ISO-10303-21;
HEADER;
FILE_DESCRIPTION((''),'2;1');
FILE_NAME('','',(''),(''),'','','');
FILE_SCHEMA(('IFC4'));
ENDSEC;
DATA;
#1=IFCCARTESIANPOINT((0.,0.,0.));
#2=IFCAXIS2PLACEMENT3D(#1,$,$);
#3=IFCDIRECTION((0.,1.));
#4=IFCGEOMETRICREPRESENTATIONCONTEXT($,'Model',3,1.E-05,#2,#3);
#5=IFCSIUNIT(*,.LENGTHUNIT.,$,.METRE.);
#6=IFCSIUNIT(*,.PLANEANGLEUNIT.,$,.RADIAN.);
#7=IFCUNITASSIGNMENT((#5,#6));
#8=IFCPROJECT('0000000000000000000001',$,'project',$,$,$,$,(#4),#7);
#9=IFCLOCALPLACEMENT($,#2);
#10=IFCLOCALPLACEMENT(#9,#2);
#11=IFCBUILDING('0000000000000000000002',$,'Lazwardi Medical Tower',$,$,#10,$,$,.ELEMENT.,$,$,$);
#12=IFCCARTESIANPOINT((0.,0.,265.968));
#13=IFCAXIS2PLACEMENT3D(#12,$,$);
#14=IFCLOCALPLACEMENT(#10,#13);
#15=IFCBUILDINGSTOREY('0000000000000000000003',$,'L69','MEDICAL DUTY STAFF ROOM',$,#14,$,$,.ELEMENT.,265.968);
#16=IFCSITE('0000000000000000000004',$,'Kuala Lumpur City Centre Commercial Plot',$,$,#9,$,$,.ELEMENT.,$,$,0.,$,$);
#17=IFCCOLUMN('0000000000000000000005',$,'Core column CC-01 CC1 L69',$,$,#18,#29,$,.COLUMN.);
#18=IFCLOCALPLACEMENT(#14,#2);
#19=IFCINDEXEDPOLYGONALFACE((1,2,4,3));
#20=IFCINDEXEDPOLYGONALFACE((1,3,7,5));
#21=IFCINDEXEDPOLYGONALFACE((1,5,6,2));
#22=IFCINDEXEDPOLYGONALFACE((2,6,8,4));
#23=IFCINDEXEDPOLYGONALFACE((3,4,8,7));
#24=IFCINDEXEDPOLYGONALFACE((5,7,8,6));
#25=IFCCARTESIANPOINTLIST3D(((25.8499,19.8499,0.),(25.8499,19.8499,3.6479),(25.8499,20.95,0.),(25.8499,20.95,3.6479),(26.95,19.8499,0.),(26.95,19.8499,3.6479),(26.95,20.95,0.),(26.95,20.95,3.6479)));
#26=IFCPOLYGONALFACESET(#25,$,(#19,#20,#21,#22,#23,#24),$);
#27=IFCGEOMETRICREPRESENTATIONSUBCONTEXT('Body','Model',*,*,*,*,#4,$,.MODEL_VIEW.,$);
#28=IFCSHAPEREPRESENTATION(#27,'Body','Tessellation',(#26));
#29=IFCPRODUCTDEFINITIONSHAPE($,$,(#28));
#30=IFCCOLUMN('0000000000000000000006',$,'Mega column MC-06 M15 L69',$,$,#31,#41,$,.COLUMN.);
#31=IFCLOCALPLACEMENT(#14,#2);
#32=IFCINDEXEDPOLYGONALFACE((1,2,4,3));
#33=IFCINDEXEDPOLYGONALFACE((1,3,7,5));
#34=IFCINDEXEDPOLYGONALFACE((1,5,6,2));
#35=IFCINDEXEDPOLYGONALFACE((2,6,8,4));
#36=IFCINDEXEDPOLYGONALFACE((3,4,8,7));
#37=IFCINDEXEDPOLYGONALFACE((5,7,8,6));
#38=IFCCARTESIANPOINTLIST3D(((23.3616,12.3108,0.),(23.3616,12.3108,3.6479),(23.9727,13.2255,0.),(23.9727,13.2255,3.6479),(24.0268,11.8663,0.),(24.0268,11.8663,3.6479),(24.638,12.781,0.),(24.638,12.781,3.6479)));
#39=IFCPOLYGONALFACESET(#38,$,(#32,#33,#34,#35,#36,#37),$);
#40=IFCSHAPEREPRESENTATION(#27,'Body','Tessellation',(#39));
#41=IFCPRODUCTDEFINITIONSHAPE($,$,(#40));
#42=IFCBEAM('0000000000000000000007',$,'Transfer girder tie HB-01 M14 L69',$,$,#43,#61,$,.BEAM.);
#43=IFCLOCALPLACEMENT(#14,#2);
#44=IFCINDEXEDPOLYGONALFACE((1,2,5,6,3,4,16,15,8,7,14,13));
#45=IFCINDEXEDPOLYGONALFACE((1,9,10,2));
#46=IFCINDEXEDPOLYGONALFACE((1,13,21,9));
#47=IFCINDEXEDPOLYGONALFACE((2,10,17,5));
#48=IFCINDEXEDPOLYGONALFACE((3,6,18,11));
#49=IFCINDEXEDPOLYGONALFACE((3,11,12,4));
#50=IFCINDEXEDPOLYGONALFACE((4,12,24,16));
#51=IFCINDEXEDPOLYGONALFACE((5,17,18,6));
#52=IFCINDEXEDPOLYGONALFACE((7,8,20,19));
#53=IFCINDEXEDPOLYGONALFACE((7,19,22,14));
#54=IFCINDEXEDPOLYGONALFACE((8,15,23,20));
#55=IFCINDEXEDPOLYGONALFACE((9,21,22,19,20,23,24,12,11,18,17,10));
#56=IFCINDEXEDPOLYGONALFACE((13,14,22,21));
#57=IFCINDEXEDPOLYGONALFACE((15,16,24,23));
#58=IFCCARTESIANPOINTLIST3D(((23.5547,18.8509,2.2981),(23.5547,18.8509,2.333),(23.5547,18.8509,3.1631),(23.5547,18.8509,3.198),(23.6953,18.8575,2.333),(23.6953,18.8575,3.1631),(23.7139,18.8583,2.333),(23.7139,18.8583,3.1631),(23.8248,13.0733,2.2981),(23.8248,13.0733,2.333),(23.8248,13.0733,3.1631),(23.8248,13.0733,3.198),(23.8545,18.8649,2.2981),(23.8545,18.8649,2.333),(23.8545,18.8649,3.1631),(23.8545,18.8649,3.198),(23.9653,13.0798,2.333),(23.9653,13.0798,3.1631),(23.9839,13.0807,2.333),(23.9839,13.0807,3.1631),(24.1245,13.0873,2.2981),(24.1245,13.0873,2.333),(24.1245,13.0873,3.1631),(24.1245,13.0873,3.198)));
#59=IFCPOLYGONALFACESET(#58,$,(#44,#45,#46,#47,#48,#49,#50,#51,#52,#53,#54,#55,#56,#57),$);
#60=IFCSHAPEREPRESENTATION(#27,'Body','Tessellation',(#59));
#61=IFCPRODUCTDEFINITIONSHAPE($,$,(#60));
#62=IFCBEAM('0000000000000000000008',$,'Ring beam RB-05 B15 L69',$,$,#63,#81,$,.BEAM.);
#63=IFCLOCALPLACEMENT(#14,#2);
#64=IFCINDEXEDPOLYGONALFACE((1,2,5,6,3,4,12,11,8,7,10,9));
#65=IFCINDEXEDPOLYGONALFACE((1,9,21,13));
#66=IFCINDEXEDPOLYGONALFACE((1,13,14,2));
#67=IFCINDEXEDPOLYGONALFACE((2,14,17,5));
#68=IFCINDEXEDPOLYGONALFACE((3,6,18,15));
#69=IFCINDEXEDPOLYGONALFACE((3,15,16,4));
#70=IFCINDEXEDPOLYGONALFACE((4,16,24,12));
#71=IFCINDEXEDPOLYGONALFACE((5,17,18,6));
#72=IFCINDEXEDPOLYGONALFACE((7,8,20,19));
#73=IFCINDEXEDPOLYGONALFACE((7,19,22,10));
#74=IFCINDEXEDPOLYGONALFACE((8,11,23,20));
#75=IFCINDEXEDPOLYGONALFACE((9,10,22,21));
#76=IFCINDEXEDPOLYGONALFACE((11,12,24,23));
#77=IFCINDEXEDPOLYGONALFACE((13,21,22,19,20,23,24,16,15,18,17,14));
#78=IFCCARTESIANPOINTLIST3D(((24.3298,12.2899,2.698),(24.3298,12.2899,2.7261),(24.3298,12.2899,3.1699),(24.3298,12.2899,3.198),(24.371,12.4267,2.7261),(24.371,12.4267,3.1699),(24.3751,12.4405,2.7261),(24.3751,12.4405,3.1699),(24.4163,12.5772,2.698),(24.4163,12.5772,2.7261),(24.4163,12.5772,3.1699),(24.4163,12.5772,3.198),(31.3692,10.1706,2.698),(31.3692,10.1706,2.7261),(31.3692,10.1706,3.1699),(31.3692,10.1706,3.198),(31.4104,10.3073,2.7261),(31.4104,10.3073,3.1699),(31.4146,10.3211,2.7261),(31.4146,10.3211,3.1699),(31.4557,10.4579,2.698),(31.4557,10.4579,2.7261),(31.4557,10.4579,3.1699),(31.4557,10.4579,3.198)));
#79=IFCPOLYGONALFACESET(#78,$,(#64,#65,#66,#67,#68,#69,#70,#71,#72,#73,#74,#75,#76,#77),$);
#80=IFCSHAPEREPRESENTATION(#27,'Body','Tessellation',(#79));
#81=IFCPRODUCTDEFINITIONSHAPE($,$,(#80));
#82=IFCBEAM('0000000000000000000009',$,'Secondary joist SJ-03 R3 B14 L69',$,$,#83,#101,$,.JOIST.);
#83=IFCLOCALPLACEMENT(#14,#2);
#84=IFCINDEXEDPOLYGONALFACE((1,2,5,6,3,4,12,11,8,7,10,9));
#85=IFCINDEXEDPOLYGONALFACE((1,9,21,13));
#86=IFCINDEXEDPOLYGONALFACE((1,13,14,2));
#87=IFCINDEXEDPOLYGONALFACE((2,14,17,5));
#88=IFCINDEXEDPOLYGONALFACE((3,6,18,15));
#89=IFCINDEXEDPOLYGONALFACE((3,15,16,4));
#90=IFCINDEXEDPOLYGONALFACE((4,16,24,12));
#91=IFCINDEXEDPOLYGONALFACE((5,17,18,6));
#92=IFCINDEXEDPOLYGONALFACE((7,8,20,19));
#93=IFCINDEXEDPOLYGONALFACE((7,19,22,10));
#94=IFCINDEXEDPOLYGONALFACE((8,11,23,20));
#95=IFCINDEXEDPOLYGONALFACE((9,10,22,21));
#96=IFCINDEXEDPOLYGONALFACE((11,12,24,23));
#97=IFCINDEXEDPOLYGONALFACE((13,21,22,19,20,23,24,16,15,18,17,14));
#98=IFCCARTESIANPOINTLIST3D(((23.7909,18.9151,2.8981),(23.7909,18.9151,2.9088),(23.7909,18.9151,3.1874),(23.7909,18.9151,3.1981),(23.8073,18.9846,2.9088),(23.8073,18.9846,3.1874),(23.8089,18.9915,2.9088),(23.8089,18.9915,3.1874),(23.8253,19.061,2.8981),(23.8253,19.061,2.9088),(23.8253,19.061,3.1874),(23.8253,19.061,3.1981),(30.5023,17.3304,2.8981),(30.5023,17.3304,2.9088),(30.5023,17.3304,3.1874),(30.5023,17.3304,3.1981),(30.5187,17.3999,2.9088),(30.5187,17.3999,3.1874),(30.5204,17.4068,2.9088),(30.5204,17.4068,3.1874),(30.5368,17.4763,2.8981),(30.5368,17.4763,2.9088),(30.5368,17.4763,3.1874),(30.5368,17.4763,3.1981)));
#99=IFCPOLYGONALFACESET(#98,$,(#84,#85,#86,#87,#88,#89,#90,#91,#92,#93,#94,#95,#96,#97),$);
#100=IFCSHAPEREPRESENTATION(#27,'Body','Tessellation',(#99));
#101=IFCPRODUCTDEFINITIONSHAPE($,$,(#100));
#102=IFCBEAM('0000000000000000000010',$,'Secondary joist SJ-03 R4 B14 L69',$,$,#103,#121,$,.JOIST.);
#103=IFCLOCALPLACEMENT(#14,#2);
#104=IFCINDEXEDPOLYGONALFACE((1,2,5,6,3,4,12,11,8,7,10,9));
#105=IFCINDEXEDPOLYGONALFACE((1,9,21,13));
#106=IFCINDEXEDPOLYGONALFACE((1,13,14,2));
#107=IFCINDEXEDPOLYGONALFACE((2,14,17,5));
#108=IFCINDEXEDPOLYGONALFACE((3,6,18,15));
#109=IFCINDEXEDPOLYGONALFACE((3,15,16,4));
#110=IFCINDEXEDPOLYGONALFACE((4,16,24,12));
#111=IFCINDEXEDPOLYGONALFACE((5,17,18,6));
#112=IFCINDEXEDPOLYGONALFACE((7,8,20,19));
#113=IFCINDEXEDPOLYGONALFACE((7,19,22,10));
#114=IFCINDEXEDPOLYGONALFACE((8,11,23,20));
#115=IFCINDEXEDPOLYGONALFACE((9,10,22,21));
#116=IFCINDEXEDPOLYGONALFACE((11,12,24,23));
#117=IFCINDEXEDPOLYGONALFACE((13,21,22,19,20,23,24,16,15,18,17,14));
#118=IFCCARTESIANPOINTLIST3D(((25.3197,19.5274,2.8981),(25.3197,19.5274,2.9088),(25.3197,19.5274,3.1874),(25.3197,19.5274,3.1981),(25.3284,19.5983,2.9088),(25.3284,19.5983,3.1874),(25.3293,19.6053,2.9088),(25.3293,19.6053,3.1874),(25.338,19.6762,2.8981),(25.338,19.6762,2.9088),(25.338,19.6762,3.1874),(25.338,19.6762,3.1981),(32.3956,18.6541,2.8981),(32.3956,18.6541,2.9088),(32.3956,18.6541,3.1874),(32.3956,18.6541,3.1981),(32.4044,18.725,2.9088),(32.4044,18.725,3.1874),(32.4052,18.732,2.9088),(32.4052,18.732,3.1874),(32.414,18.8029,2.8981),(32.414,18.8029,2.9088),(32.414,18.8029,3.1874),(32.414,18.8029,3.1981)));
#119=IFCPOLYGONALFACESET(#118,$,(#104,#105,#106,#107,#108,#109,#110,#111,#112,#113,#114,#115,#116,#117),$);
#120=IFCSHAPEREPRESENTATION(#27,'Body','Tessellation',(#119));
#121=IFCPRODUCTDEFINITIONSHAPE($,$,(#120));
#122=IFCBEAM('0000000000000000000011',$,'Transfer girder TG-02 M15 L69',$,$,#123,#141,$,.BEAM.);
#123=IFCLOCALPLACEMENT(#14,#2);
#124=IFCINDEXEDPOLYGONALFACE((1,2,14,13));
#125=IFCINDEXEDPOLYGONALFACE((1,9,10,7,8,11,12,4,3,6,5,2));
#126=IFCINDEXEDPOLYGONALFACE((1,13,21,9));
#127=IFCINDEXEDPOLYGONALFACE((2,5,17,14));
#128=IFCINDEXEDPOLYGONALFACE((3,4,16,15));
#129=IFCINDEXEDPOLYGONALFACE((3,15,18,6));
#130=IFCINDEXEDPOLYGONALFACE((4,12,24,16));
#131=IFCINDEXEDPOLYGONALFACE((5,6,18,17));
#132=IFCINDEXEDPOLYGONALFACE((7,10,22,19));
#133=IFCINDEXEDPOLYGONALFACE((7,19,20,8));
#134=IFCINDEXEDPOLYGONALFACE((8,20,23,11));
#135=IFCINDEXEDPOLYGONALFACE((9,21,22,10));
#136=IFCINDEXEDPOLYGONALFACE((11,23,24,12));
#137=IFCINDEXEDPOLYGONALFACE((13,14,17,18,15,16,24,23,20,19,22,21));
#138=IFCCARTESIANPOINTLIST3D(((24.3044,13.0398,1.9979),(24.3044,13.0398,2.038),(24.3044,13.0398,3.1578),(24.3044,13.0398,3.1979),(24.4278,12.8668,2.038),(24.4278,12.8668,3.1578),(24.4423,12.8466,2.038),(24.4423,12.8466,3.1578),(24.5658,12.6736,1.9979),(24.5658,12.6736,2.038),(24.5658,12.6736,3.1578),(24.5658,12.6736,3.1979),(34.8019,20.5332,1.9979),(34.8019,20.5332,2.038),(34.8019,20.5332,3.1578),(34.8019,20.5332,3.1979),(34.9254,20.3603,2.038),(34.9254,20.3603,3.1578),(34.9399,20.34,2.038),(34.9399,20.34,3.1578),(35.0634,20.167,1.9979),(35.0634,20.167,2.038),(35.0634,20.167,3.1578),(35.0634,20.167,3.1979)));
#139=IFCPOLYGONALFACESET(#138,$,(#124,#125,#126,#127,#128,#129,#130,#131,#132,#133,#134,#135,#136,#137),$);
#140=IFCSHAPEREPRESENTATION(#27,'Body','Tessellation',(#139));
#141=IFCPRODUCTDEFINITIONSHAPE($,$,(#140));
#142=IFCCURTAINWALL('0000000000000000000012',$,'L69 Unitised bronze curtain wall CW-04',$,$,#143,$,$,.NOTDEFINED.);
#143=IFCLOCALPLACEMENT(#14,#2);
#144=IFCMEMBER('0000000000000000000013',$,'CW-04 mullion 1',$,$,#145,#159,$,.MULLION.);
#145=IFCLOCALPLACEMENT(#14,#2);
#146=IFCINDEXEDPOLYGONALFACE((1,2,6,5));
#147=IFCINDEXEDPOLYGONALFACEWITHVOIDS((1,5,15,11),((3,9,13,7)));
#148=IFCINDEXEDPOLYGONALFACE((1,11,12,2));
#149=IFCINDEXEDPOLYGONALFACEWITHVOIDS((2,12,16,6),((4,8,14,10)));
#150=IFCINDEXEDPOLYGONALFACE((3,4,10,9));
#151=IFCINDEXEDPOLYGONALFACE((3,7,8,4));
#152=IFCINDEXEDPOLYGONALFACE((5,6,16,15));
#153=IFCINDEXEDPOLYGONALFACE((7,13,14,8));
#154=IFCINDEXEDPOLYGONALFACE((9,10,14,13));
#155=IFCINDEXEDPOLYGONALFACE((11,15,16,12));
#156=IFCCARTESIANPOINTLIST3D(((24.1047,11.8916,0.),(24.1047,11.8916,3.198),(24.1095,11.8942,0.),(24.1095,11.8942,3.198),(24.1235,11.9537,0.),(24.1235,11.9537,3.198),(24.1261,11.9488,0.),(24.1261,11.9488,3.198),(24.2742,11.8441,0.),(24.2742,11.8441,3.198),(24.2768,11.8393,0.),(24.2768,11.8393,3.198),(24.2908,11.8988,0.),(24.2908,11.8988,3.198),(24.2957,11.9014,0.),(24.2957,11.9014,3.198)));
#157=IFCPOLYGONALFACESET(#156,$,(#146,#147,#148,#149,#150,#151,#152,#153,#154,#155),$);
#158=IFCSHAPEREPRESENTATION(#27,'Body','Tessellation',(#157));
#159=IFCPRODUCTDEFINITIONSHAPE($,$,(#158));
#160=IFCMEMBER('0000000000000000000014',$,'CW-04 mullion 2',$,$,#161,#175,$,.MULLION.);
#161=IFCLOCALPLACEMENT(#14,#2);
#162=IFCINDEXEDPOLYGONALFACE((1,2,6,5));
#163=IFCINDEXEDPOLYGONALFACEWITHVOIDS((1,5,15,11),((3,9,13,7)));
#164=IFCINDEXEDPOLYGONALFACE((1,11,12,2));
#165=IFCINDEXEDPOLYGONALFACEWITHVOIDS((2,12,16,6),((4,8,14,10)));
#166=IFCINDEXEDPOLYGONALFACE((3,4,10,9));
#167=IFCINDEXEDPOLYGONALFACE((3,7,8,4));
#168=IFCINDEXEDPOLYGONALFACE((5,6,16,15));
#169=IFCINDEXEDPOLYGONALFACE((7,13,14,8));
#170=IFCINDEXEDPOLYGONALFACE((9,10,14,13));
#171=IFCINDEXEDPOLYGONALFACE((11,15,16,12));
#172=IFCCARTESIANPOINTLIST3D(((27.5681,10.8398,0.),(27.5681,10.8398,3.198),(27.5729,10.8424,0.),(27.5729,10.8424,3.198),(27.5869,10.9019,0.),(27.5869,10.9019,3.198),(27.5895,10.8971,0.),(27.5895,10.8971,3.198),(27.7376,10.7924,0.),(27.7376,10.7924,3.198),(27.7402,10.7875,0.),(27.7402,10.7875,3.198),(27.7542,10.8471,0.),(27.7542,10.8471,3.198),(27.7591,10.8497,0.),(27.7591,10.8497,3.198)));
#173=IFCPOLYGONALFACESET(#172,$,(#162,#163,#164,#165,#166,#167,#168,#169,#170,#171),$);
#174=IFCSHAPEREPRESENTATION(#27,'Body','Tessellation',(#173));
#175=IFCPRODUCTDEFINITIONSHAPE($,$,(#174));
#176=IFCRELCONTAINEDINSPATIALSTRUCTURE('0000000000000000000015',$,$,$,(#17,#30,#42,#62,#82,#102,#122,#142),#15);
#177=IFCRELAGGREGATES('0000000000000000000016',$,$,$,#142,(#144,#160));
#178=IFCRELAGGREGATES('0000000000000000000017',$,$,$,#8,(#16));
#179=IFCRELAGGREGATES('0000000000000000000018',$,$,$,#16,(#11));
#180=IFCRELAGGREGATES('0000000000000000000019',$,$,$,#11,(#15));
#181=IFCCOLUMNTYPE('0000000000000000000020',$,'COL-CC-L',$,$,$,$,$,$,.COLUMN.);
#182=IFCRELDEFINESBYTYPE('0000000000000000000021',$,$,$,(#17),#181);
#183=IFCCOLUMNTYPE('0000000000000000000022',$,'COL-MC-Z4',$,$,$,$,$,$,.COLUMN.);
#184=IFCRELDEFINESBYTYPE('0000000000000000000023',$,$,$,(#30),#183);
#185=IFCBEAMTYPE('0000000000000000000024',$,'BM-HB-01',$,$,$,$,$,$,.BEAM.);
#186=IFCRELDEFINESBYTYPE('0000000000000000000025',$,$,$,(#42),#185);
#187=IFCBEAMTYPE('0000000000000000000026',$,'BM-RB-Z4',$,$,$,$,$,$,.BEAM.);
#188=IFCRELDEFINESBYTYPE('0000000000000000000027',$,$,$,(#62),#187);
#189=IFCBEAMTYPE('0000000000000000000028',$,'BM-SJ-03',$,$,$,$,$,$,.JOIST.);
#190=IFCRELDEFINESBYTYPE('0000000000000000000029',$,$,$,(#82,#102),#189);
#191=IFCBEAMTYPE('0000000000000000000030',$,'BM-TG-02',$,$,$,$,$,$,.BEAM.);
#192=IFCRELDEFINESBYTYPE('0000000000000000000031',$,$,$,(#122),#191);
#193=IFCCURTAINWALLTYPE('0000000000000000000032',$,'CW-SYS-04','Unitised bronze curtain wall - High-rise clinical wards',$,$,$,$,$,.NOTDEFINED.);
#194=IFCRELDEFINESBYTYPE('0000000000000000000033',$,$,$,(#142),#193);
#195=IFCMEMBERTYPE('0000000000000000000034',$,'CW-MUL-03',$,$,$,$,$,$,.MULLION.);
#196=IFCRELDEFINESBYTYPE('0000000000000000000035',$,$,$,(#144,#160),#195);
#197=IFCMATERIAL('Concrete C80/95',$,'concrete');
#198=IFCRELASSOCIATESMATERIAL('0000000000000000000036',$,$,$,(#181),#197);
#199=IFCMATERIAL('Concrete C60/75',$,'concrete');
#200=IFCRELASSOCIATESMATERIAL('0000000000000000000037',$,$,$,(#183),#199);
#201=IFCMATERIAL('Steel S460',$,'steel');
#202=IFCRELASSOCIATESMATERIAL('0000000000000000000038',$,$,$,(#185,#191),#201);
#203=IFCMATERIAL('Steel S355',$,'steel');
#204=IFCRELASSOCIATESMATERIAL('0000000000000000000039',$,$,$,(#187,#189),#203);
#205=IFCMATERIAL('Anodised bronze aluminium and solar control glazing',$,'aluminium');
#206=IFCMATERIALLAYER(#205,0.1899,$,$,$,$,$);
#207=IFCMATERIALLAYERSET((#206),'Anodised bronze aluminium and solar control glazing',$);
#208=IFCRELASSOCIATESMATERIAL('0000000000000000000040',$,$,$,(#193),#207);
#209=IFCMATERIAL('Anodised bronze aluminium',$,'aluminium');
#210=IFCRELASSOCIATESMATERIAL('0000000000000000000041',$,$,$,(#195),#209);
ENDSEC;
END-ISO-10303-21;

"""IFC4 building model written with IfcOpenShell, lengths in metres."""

from ifc_helpers import new_model, si_unit, direction, frame, origin, origin_2d, place, context, subcontext, project, spatial, rectangle, hollow_rectangle, i_section, extrude, material, layer, layer_set, material_profile, profile_set, type_object, element, aggregate, save


model = new_model("IFC4")

# Units and contexts
model_context = context("Model", 3, precision=1e-05, world=origin(), true_north=direction((0.0, 1.0)))
body_context = subcontext(model_context, "Body", "Model", "MODEL_VIEW")
ifc_project = project(units=[si_unit("LENGTHUNIT", "METRE"), si_unit("PLANEANGLEUNIT", "RADIAN")], contexts=[model_context])

# Site, building, storey
site_placement = place(None, origin())
site = spatial("IfcSite", under=ifc_project, at=site_placement, Name="Kuala Lumpur City Centre Commercial Plot", CompositionType="ELEMENT", RefElevation=0.0)
building_placement = place(site_placement, origin())
building = spatial("IfcBuilding", under=site, at=building_placement, Name="Lazwardi Medical Tower", CompositionType="ELEMENT")
storey_placement = place(building_placement, frame((0.0, 0.0, 265.968)))
storey = spatial("IfcBuildingStorey", under=building, at=storey_placement, Name="L69", Description="MEDICAL DUTY STAFF ROOM", CompositionType="ELEMENT", Elevation=265.968)

# Columns
ifc_material_1 = material(Name="Concrete C80/95", Category="concrete")
ifc_material_profile_1 = material_profile(ifc_material_1, rectangle(XDim=1.1001, YDim=1.1001, at=origin_2d()), Name="RC 1100x1100")
ifc_profile_set_1 = profile_set([ifc_material_profile_1], Name="Concrete C80/95")
column_type_1 = type_object("IfcColumnType", Name="COL-CC-L", PredefinedType="COLUMN", material=ifc_profile_set_1)
column_1_placement = place(storey_placement, frame((26.3999, 20.3999, 0.0), z_axis=(0.0, 0.0, 1.0), x_axis=(1.0, 0.0, 0.0)))
element("IfcColumn", 1, at=column_1_placement, inside=storey, type_object=column_type_1, Name="Core column CC-01 CC1 L69", PredefinedType="COLUMN", context=body_context, shape_type="SweptSolid", body=[
    extrude(rectangle(XDim=1.1001, YDim=1.1001, at=origin_2d()), origin(), (0.0, 0.0, 1.0), 3.6479),
])
ifc_material_2 = material(Name="Concrete C60/75", Category="concrete")
ifc_material_profile_2 = material_profile(ifc_material_2, rectangle(XDim=1.1001, YDim=0.8, at=origin_2d()), Name="CFT-RECT 1100x800")
ifc_profile_set_2 = profile_set([ifc_material_profile_2], Name="Concrete C60/75")
column_type_2 = type_object("IfcColumnType", Name="COL-MC-Z4", PredefinedType="COLUMN", material=ifc_profile_set_2)
column_2_placement = place(storey_placement, frame((23.9998, 12.5459, 0.0), z_axis=(0.0, 0.0, 1.0), x_axis=(-0.55557, -0.83147, 0.0)))
element("IfcColumn", 2, at=column_2_placement, inside=storey, type_object=column_type_2, Name="Mega column MC-06 M15 L69", PredefinedType="COLUMN", context=body_context, shape_type="SweptSolid", body=[
    extrude(rectangle(XDim=1.1001, YDim=0.8, at=origin_2d()), origin(), (0.0, 0.0, 1.0), 3.6479),
])

# Beams
ifc_material_3 = material(Name="Steel S460", Category="steel")
ifc_material_profile_3 = material_profile(ifc_material_3, i_section(OverallWidth=0.3, OverallDepth=0.8999, WebThickness=0.0186, FlangeThickness=0.0349, at=origin_2d()), Name="HEB 900")
ifc_profile_set_3 = profile_set([ifc_material_profile_3], Name="Steel S460")
beam_type_1 = type_object("IfcBeamType", Name="BM-HB-01", PredefinedType="BEAM", material=ifc_profile_set_3)
beam_1_placement = place(storey_placement, frame((23.7046, 18.8579, 2.748), z_axis=(0.046685, -0.99891, 0.0), x_axis=(0.99891, 0.046685, 0.0)))
element("IfcBeam", 3, at=beam_1_placement, inside=storey, type_object=beam_type_1, Name="Transfer girder tie HB-01 M14 L69", PredefinedType="BEAM", context=body_context, shape_type="SweptSolid", body=[
    extrude(i_section(OverallWidth=0.3, OverallDepth=0.8999, WebThickness=0.0186, FlangeThickness=0.0349, at=origin_2d()), origin(), (0.0, 0.0, 1.0), 5.7839),
])
ifc_material_4 = material(Name="Steel S355", Category="steel")
ifc_material_profile_4 = material_profile(ifc_material_4, i_section(OverallWidth=0.3, OverallDepth=0.5, WebThickness=0.0144, FlangeThickness=0.0281, at=origin_2d()), Name="HEB 500")
ifc_profile_set_4 = profile_set([ifc_material_profile_4], Name="Steel S355")
beam_type_2 = type_object("IfcBeamType", Name="BM-RB-Z4", PredefinedType="BEAM", material=ifc_profile_set_4)
beam_2_placement = place(storey_placement, frame((24.373, 12.4336, 2.948), z_axis=(0.957544, -0.288286, 0.0), x_axis=(0.288286, 0.957544, 0.0)))
element("IfcBeam", 4, at=beam_2_placement, inside=storey, type_object=beam_type_2, Name="Ring beam RB-05 B15 L69", PredefinedType="BEAM", context=body_context, shape_type="SweptSolid", body=[
    extrude(i_section(OverallWidth=0.3, OverallDepth=0.5, WebThickness=0.0144, FlangeThickness=0.0281, at=origin_2d()), origin(), (0.0, 0.0, 1.0), 7.3516),
])
ifc_material_profile_5 = material_profile(ifc_material_4, i_section(OverallWidth=0.1499, OverallDepth=0.3, WebThickness=0.0071, FlangeThickness=0.0107, at=origin_2d()), Name="IPE 300")
ifc_profile_set_5 = profile_set([ifc_material_profile_5], Name="Steel S355")
beam_type_3 = type_object("IfcBeamType", Name="BM-SJ-03", PredefinedType="JOIST", material=ifc_profile_set_5)
beam_3_placement = place(storey_placement, frame((23.8081, 18.988, 3.0481), z_axis=(0.973237, -0.229803, 0.0), x_axis=(0.229803, 0.973237, 0.0)))
element("IfcBeam", 5, at=beam_3_placement, inside=storey, type_object=beam_type_3, Name="Secondary joist SJ-03 R3 B14 L69", PredefinedType="JOIST", context=body_context, shape_type="SweptSolid", body=[
    extrude(i_section(OverallWidth=0.1499, OverallDepth=0.3, WebThickness=0.0071, FlangeThickness=0.0107, at=origin_2d()), origin(), (0.0, 0.0, 1.0), 6.896),
])
beam_4_placement = place(storey_placement, frame((25.3289, 19.6018, 3.0481), z_axis=(0.99247, -0.122488, 0.0), x_axis=(0.122488, 0.99247, 0.0)))
element("IfcBeam", 6, at=beam_4_placement, inside=storey, type_object=beam_type_3, Name="Secondary joist SJ-03 R4 B14 L69", PredefinedType="JOIST", context=body_context, shape_type="SweptSolid", body=[
    extrude(i_section(OverallWidth=0.1499, OverallDepth=0.3, WebThickness=0.0071, FlangeThickness=0.0107, at=origin_2d()), origin(), (0.0, 0.0, 1.0), 7.1296),
])
ifc_material_profile_6 = material_profile(ifc_material_3, i_section(OverallWidth=0.45, OverallDepth=1.2, WebThickness=0.0249, FlangeThickness=0.04, at=origin_2d()), Name="PG 1200x450")
ifc_profile_set_6 = profile_set([ifc_material_profile_6], Name="Steel S460")
beam_type_4 = type_object("IfcBeamType", Name="BM-TG-02", PredefinedType="BEAM", material=ifc_profile_set_6)
beam_5_placement = place(storey_placement, frame((24.4351, 12.8567, 2.5979), z_axis=(0.813911, 0.580989, 0.0), x_axis=(-0.580989, 0.813911, 0.0)))
element("IfcBeam", 7, at=beam_5_placement, inside=storey, type_object=beam_type_4, Name="Transfer girder TG-02 M15 L69", PredefinedType="BEAM", context=body_context, shape_type="SweptSolid", body=[
    extrude(i_section(OverallWidth=0.45, OverallDepth=1.2, WebThickness=0.0249, FlangeThickness=0.04, at=origin_2d()), origin(), (0.0, 0.0, 1.0), 12.8977),
])

# Curtain wall, members
ifc_material_5 = material(Name="Anodised bronze aluminium and solar control glazing", Category="aluminium")
ifc_layer_1 = layer(ifc_material_5, 0.1899)
ifc_layer_set_1 = layer_set([ifc_layer_1], Name="Anodised bronze aluminium and solar control glazing")
curtain_wall_type = type_object("IfcCurtainWallType", Name="CW-SYS-04", Description="Unitised bronze curtain wall - High-rise clinical wards", PredefinedType="NOTDEFINED", material=ifc_layer_set_1)
curtain_wall_placement = place(storey_placement, origin())
curtain_wall = element("IfcCurtainWall", 8, at=curtain_wall_placement, inside=storey, type_object=curtain_wall_type, Name="L69 Unitised bronze curtain wall CW-04", PredefinedType="NOTDEFINED")
ifc_material_6 = material(Name="Anodised bronze aluminium", Category="aluminium")
ifc_material_profile_7 = material_profile(ifc_material_6, hollow_rectangle(XDim=0.0649, YDim=0.1799, WallThickness=0.0039, at=origin_2d()), Name="ALU-MULLION 180x65x4")
ifc_profile_set_7 = profile_set([ifc_material_profile_7], Name="Anodised bronze aluminium")
member_type_1 = type_object("IfcMemberType", Name="CW-MUL-03", PredefinedType="MULLION", material=ifc_profile_set_7)
member_1_placement = place(storey_placement, frame((24.2002, 11.8965, 0.0), z_axis=(0.0, 0.0, 1.0), x_axis=(0.290582, 0.95685, 0.0)))
member_1 = element("IfcMember", 9, at=member_1_placement, type_object=member_type_1, Name="CW-04 mullion 1", PredefinedType="MULLION", context=body_context, shape_type="SweptSolid", body=[
    extrude(hollow_rectangle(XDim=0.0649, YDim=0.1799, WallThickness=0.0039, at=origin_2d()), origin(), (0.0, 0.0, 1.0), 3.198),
])
member_2_placement = place(storey_placement, frame((27.6636, 10.8447, 0.0), z_axis=(0.0, 0.0, 1.0), x_axis=(0.290582, 0.95685, 0.0)))
member_2 = element("IfcMember", 10, at=member_2_placement, type_object=member_type_1, Name="CW-04 mullion 2", PredefinedType="MULLION", context=body_context, shape_type="SweptSolid", body=[
    extrude(hollow_rectangle(XDim=0.0649, YDim=0.1799, WallThickness=0.0039, at=origin_2d()), origin(), (0.0, 0.0, 1.0), 3.198),
])
aggregate(curtain_wall, [member_1, member_2])

save(model, "model.ifc")
